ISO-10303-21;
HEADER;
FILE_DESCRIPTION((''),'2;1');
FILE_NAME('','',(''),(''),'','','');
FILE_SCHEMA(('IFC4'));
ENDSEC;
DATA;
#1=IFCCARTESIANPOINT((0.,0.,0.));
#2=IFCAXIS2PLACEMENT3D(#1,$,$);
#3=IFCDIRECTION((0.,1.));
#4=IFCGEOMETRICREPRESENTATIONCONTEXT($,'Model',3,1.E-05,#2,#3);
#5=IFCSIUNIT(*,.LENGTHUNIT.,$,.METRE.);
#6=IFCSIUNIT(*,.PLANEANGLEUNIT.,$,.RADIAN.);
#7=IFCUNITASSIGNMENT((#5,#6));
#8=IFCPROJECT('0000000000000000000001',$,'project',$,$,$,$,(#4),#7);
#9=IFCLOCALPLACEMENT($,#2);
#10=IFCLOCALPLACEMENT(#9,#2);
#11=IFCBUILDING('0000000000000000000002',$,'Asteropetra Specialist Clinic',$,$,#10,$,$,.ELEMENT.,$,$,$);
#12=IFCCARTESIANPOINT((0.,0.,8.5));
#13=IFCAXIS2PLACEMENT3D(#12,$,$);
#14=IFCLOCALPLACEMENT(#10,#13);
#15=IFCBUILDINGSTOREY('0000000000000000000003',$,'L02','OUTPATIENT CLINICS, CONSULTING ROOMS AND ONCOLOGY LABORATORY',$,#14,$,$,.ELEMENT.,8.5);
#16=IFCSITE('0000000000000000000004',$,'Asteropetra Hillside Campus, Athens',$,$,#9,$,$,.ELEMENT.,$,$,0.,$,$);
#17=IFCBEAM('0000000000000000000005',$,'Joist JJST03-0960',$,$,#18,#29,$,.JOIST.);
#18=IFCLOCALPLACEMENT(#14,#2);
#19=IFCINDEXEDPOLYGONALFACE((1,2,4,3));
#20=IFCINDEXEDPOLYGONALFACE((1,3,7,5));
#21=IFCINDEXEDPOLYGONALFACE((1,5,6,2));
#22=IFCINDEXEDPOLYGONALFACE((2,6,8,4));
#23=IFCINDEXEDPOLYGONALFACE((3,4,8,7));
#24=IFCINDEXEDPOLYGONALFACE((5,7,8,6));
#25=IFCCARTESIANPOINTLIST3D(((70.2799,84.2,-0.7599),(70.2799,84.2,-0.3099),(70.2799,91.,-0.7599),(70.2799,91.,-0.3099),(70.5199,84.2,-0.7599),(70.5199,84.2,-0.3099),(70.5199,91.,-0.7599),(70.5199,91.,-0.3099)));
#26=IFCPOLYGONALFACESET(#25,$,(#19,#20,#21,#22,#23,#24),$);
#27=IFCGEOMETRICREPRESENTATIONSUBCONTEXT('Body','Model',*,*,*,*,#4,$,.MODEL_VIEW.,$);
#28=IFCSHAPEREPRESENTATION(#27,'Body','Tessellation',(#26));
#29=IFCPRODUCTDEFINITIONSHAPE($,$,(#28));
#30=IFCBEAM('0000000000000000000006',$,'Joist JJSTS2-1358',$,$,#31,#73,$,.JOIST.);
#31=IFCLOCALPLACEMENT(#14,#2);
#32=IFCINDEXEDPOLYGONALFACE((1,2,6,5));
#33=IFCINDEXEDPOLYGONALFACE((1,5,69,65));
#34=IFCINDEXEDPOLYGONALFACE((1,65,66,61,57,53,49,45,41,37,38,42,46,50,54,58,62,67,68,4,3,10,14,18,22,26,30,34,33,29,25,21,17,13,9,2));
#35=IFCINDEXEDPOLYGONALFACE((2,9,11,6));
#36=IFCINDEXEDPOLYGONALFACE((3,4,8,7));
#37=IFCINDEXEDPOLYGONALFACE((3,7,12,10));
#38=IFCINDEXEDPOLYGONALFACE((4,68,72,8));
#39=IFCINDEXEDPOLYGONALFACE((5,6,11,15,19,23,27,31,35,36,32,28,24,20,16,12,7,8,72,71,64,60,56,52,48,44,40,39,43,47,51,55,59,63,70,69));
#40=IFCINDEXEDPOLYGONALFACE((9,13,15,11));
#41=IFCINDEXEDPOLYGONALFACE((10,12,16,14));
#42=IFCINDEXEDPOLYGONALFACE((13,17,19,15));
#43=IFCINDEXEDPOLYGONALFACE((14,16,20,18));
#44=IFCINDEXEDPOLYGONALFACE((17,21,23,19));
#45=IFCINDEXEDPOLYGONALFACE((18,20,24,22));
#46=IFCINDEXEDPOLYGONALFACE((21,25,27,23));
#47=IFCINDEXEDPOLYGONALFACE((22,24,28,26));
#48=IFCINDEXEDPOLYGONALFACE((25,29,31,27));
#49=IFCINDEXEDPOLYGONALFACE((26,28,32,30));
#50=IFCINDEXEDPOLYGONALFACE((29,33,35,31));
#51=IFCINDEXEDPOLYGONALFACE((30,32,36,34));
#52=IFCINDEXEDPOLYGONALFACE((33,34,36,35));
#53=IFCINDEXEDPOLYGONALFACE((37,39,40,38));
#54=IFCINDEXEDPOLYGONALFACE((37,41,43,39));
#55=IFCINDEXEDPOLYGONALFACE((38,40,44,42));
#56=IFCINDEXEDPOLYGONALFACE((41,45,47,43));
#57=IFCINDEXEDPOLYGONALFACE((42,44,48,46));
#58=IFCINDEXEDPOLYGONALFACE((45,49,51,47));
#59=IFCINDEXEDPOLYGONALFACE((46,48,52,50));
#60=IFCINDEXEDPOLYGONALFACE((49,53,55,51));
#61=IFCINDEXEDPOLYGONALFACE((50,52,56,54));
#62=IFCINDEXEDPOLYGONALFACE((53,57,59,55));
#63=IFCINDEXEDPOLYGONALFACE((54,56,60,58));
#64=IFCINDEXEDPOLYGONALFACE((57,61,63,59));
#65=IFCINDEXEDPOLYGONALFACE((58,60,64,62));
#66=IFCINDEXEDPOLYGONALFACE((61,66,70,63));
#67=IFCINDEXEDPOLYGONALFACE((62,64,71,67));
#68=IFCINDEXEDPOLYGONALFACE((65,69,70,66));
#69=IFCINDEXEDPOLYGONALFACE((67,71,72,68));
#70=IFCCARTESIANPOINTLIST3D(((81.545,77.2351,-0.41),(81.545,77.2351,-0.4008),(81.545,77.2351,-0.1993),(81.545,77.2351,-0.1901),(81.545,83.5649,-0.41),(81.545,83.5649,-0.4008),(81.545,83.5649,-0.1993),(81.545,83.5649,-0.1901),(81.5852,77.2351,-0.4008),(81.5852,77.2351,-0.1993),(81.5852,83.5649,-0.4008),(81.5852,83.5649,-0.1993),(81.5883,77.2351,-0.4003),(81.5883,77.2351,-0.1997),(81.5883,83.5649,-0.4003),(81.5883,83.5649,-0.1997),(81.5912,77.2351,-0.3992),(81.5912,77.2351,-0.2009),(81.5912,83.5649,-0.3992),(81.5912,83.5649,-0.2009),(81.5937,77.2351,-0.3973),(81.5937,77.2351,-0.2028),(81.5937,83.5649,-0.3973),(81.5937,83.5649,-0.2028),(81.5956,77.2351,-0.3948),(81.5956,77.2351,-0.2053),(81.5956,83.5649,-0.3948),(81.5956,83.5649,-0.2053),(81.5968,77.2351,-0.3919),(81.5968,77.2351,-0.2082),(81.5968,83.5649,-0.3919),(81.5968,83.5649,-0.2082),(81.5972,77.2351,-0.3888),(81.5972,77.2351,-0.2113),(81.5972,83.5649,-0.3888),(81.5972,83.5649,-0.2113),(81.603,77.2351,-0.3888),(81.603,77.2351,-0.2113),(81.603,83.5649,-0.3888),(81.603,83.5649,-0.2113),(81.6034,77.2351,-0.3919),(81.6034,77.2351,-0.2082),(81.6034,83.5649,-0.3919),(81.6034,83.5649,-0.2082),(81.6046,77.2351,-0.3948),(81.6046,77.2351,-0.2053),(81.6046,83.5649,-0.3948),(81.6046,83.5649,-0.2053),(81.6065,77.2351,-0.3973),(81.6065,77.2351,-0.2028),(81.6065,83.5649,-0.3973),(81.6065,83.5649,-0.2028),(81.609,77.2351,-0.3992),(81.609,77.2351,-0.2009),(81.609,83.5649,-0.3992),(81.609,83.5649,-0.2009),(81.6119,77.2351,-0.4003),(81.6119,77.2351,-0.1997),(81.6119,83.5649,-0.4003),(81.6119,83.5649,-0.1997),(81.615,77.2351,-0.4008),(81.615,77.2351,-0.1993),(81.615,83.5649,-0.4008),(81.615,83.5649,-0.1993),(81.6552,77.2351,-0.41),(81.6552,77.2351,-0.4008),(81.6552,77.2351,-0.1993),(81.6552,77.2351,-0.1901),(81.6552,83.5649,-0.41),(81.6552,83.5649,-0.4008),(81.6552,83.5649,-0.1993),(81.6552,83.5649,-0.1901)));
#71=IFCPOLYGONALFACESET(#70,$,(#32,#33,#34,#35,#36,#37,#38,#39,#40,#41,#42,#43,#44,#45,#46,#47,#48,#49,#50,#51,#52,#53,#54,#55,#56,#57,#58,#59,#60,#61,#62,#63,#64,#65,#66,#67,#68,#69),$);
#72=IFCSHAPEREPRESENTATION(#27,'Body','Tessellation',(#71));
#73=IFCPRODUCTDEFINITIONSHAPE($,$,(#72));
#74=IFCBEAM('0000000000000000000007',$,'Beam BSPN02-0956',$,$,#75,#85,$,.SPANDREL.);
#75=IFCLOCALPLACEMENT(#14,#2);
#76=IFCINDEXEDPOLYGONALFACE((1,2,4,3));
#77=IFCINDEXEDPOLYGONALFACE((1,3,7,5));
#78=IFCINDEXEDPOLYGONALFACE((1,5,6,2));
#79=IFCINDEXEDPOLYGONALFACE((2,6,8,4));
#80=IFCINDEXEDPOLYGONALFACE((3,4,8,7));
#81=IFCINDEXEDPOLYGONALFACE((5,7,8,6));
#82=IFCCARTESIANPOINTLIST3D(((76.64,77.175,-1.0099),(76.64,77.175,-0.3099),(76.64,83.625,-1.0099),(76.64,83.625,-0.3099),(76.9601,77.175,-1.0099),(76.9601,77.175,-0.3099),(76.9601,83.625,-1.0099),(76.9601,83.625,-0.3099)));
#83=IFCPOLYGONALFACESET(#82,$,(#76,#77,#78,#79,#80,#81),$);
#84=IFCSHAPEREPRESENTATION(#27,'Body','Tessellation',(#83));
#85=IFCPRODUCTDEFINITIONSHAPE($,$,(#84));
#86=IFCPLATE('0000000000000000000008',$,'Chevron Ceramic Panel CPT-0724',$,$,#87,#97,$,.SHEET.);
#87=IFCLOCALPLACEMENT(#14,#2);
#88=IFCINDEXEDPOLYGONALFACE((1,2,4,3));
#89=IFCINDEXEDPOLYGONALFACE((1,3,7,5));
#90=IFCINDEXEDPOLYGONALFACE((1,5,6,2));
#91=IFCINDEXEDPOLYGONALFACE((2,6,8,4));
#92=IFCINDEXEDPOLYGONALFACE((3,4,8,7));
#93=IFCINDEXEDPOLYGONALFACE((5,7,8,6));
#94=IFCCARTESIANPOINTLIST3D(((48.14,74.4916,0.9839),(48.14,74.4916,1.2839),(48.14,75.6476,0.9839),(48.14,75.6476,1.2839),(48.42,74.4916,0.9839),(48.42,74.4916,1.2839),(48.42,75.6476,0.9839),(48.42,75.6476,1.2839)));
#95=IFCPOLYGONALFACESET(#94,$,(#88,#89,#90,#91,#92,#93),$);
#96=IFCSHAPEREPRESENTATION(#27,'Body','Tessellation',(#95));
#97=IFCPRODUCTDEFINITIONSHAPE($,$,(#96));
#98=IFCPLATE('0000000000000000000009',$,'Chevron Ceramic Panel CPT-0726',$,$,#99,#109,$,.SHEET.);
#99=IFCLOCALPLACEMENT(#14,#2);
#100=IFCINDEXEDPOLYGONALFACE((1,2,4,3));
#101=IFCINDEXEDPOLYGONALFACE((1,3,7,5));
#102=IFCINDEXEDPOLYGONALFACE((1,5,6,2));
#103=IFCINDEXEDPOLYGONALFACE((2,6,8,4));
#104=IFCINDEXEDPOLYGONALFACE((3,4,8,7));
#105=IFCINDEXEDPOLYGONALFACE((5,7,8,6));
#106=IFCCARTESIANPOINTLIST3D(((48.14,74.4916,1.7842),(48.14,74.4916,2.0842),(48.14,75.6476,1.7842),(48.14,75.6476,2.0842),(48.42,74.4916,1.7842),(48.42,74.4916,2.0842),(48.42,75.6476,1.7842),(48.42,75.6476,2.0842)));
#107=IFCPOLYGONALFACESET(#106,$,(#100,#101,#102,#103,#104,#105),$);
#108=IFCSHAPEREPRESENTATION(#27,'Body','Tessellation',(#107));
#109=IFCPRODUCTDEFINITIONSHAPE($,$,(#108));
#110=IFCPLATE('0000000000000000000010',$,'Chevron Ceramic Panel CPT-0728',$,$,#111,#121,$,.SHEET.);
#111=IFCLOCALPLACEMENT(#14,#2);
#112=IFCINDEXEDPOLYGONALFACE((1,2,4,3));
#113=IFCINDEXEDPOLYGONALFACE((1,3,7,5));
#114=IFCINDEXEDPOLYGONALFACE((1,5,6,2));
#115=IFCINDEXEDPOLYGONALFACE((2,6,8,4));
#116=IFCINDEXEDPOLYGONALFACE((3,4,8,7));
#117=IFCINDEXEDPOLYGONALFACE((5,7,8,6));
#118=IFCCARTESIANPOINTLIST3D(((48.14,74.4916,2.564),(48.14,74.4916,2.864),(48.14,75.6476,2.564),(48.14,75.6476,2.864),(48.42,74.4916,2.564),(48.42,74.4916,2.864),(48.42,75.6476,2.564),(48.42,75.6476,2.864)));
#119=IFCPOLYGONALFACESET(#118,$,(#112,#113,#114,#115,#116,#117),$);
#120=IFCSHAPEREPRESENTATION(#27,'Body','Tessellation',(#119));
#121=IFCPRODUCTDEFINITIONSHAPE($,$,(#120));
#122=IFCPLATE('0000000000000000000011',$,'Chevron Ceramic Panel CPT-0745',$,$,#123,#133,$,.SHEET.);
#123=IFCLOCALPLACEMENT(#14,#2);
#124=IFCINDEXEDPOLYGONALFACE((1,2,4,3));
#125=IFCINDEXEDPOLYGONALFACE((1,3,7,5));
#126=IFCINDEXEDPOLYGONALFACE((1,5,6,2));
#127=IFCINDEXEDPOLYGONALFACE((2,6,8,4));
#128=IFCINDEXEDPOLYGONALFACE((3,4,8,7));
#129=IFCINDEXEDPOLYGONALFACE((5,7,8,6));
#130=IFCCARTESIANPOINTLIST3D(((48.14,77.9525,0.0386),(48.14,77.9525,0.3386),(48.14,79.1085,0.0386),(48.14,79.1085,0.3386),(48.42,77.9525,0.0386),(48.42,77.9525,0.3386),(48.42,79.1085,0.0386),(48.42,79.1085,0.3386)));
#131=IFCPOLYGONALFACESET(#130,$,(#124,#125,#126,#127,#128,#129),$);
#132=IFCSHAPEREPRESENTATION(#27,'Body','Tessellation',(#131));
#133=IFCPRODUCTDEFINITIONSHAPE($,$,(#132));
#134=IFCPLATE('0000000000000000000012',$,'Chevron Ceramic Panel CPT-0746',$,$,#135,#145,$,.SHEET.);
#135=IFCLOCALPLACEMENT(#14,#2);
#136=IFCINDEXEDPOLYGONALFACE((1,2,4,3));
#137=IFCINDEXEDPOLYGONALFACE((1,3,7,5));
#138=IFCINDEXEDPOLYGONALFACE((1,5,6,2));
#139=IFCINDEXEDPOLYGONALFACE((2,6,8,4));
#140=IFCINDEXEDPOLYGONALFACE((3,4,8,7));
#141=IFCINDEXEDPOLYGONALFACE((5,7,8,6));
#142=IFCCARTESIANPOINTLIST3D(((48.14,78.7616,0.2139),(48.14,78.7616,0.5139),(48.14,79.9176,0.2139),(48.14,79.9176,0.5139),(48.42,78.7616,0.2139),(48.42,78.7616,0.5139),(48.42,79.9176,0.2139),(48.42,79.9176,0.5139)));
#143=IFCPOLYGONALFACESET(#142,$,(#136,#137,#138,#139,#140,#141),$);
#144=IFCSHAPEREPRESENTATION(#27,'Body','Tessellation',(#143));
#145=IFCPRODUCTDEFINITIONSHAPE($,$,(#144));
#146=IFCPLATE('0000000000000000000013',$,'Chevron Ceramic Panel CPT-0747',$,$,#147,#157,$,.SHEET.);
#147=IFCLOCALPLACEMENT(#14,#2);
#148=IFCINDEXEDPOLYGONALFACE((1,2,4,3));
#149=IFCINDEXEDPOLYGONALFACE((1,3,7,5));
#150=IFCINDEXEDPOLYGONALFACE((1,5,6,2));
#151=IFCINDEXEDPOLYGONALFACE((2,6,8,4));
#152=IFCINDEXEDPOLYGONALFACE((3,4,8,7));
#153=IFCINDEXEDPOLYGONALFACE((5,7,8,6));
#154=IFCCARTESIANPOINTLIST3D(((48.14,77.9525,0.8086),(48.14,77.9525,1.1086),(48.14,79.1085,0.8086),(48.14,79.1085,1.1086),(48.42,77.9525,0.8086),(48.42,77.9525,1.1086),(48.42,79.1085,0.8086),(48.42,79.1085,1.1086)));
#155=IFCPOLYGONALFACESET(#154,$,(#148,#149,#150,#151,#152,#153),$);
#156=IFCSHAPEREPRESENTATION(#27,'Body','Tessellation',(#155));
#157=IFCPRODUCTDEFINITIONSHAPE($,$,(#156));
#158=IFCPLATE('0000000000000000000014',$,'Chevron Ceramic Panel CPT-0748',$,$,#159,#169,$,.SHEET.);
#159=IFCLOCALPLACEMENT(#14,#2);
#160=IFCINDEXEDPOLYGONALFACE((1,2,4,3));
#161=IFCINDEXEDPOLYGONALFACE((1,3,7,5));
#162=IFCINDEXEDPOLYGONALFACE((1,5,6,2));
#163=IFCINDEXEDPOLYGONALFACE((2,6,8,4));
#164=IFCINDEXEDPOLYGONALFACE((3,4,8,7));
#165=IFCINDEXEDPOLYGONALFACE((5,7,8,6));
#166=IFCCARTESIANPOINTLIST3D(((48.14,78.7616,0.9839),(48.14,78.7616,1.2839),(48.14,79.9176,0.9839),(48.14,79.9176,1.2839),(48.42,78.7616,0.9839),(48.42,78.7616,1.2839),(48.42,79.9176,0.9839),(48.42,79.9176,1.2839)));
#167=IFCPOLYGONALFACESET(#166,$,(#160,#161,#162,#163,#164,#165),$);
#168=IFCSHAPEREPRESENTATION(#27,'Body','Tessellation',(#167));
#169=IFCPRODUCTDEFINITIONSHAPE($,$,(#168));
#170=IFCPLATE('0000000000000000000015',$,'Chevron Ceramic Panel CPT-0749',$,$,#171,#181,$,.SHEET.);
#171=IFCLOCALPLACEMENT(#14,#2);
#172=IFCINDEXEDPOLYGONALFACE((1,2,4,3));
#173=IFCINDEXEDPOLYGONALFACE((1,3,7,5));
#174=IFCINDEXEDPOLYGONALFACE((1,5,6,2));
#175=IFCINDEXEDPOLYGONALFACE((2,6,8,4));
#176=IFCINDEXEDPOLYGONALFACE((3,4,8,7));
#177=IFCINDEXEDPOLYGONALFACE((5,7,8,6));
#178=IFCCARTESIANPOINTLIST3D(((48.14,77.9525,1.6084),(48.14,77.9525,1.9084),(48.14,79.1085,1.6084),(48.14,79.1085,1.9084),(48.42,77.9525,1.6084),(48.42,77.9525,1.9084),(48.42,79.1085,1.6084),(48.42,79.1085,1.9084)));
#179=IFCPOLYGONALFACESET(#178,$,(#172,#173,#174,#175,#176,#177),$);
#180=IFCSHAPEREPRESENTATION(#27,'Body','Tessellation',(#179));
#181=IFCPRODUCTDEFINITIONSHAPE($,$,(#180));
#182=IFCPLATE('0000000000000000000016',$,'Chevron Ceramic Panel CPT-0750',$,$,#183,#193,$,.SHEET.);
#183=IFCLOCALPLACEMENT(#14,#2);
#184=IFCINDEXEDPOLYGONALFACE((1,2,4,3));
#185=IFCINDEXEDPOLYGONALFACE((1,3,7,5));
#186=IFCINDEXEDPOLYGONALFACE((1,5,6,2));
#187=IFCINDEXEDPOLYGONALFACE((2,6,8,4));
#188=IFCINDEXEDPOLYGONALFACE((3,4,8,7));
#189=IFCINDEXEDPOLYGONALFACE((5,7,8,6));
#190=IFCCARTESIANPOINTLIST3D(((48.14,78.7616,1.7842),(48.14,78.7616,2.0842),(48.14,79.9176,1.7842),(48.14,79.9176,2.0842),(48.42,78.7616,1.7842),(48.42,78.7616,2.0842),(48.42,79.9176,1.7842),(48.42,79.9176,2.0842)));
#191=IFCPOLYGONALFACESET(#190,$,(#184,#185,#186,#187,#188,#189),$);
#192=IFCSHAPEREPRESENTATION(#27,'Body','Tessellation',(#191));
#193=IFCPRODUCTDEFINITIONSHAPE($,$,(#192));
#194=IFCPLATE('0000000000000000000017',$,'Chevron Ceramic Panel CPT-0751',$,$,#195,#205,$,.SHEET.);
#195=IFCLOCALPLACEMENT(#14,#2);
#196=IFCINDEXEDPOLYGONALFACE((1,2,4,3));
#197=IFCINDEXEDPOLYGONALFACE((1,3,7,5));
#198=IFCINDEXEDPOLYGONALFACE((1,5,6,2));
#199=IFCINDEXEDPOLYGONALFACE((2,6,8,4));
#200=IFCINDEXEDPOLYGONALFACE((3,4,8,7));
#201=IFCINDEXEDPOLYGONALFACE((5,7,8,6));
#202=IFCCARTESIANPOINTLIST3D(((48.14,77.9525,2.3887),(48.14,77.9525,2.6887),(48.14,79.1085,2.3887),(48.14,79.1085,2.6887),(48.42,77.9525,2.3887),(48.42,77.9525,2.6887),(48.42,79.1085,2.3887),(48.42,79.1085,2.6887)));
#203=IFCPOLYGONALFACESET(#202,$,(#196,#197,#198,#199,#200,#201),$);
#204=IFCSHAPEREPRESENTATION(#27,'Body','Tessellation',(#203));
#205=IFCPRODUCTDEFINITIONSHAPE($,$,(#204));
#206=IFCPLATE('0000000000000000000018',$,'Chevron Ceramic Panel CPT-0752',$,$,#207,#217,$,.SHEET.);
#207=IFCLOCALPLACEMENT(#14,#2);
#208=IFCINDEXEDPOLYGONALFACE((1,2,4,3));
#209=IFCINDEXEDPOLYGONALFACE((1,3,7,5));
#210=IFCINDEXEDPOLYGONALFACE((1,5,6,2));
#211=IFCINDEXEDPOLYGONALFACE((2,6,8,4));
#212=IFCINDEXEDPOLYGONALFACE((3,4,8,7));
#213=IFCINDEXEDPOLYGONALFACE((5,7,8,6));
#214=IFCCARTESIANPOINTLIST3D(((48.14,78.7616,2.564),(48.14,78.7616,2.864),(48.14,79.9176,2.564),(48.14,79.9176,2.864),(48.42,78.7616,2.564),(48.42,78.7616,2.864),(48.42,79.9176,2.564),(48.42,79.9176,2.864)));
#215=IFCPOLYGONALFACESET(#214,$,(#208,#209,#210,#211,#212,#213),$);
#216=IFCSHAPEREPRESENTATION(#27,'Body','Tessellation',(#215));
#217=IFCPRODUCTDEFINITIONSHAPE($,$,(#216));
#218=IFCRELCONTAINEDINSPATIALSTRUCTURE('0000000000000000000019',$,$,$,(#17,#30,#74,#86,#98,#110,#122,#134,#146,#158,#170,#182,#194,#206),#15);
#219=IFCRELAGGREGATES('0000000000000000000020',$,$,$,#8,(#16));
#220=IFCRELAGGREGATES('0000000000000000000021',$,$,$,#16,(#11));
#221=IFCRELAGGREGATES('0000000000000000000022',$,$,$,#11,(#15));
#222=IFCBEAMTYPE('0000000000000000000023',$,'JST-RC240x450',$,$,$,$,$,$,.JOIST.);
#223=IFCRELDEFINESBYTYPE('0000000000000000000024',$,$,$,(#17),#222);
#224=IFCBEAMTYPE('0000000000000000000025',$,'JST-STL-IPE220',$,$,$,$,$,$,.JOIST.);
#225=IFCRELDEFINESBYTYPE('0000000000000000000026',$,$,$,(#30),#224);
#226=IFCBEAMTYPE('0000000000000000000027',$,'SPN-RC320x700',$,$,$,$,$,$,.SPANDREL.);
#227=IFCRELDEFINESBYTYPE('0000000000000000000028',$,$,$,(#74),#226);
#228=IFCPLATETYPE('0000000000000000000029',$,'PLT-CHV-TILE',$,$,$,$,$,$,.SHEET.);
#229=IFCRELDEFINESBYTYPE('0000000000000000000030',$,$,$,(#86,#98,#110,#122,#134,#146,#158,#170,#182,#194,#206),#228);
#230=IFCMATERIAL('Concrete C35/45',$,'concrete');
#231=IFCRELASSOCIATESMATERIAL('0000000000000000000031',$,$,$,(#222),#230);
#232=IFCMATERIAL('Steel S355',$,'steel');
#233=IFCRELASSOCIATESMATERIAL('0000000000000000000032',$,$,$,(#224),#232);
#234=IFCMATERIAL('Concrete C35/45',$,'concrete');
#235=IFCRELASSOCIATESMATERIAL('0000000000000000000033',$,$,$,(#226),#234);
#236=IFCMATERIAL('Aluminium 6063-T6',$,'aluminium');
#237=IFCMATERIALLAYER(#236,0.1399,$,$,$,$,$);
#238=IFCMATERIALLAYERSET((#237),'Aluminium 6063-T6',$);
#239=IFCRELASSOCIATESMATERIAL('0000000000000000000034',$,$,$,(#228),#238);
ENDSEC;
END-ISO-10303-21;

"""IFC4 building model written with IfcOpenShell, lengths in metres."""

from ifc_helpers import new_model, si_unit, direction, frame, origin, origin_2d, place, context, subcontext, project, spatial, rectangle, i_section, extrude, material, layer, layer_set, material_profile, profile_set, type_object, element, save


model = new_model("IFC4")

# Units and contexts
model_context = context("Model", 3, precision=1e-05, world=origin(), true_north=direction((0.0, 1.0)))
body_context = subcontext(model_context, "Body", "Model", "MODEL_VIEW")
ifc_project = project(units=[si_unit("LENGTHUNIT", "METRE"), si_unit("PLANEANGLEUNIT", "RADIAN")], contexts=[model_context])

# Site, building, storey
site_placement = place(None, origin())
site = spatial("IfcSite", under=ifc_project, at=site_placement, Name="Asteropetra Hillside Campus, Athens", CompositionType="ELEMENT", RefElevation=0.0)
building_placement = place(site_placement, origin())
building = spatial("IfcBuilding", under=site, at=building_placement, Name="Asteropetra Specialist Clinic", CompositionType="ELEMENT")
storey_placement = place(building_placement, frame((0.0, 0.0, 8.5)))
storey = spatial("IfcBuildingStorey", under=building, at=storey_placement, Name="L02", Description="OUTPATIENT CLINICS, CONSULTING ROOMS AND ONCOLOGY LABORATORY", CompositionType="ELEMENT", Elevation=8.5)

# Beams
ifc_material_1 = material(Name="Concrete C35/45", Category="concrete")
ifc_material_profile_1 = material_profile(ifc_material_1, rectangle(XDim=0.24, YDim=0.45, at=origin_2d()), Name="RCJ 240x450")
ifc_profile_set_1 = profile_set([ifc_material_profile_1], Name="Concrete C35/45")
beam_type_1 = type_object("IfcBeamType", Name="JST-RC240x450", PredefinedType="JOIST", material=ifc_profile_set_1)
for number, where, z_axis, x_axis, name in (
    (1, (70.3999, 84.2, -0.5349), (0.0, 1.0, 0.0), (-1.0, 0.0, 0.0), "Joist JJST03-0960"),
):
    element("IfcBeam", number, at=place(storey_placement, frame(where, z_axis=z_axis, x_axis=x_axis)), inside=storey, type_object=beam_type_1, Name=name, PredefinedType="JOIST", context=body_context, shape_type="SweptSolid", body=[
        extrude(rectangle(XDim=0.24, YDim=0.45, at=origin_2d()), origin(), (0.0, 0.0, 1.0), 6.8),
    ])
ifc_material_2 = material(Name="Steel S355", Category="steel")
ifc_material_profile_2 = material_profile(ifc_material_2, i_section(OverallWidth=0.1101, OverallDepth=0.22, WebThickness=0.0059, FlangeThickness=0.0093, FilletRadius=0.012, at=origin_2d()), Name="IPE 220")
ifc_profile_set_2 = profile_set([ifc_material_profile_2], Name="Steel S355")
beam_type_2 = type_object("IfcBeamType", Name="JST-STL-IPE220", PredefinedType="JOIST", material=ifc_profile_set_2)
beam_1_placement = place(storey_placement, frame((81.6001, 77.2351, -0.3), z_axis=(0.0, 1.0, 0.0), x_axis=(-1.0, 0.0, 0.0)))
element("IfcBeam", 2, at=beam_1_placement, inside=storey, type_object=beam_type_2, Name="Joist JJSTS2-1358", PredefinedType="JOIST", context=body_context, shape_type="SweptSolid", body=[
    extrude(i_section(OverallWidth=0.1101, OverallDepth=0.22, WebThickness=0.0059, FlangeThickness=0.0093, FilletRadius=0.012, at=origin_2d()), origin(), (0.0, 0.0, 1.0), 6.3298),
])
ifc_material_3 = material(Name="Concrete C35/45", Category="concrete")
ifc_material_profile_3 = material_profile(ifc_material_3, rectangle(XDim=0.3201, YDim=0.7, at=origin_2d()), Name="RCS 320x700")
ifc_profile_set_3 = profile_set([ifc_material_profile_3], Name="Concrete C35/45")
beam_type_3 = type_object("IfcBeamType", Name="SPN-RC320x700", PredefinedType="SPANDREL", material=ifc_profile_set_3)
beam_2_placement = place(storey_placement, frame((76.8, 77.175, -0.6599), z_axis=(0.0, 1.0, 0.0), x_axis=(-1.0, 0.0, 0.0)))
element("IfcBeam", 3, at=beam_2_placement, inside=storey, type_object=beam_type_3, Name="Beam BSPN02-0956", PredefinedType="SPANDREL", context=body_context, shape_type="SweptSolid", body=[
    extrude(rectangle(XDim=0.3201, YDim=0.7, at=origin_2d()), origin(), (0.0, 0.0, 1.0), 6.45),
])

# Plates
ifc_material_4 = material(Name="Aluminium 6063-T6", Category="aluminium")
ifc_layer_1 = layer(ifc_material_4, 0.1399)
ifc_layer_set_1 = layer_set([ifc_layer_1], Name="Aluminium 6063-T6")
plate_type = type_object("IfcPlateType", Name="PLT-CHV-TILE", PredefinedType="SHEET", material=ifc_layer_set_1)
for number, where, z_axis, x_axis, name in (
    (4, (48.28, 75.0696, 0.9839), (0.0, 0.0, 1.0), (1.0, 0.0, 0.0), "Chevron Ceramic Panel CPT-0724"),
    (5, (48.28, 75.0696, 1.7842), (0.0, 0.0, 1.0), (1.0, 0.0, 0.0), "Chevron Ceramic Panel CPT-0726"),
    (6, (48.28, 75.0696, 2.564), (0.0, 0.0, 1.0), (1.0, 0.0, 0.0), "Chevron Ceramic Panel CPT-0728"),
    (7, (48.28, 78.5305, 0.0386), (0.0, 0.0, 1.0), (1.0, 0.0, 0.0), "Chevron Ceramic Panel CPT-0745"),
    (8, (48.28, 79.3396, 0.2139), (0.0, 0.0, 1.0), (1.0, 0.0, 0.0), "Chevron Ceramic Panel CPT-0746"),
    (9, (48.28, 78.5305, 0.8086), (0.0, 0.0, 1.0), (1.0, 0.0, 0.0), "Chevron Ceramic Panel CPT-0747"),
    (10, (48.28, 79.3396, 0.9839), (0.0, 0.0, 1.0), (1.0, 0.0, 0.0), "Chevron Ceramic Panel CPT-0748"),
    (11, (48.28, 78.5305, 1.6084), (0.0, 0.0, 1.0), (1.0, 0.0, 0.0), "Chevron Ceramic Panel CPT-0749"),
    (12, (48.28, 79.3396, 1.7842), (0.0, 0.0, 1.0), (1.0, 0.0, 0.0), "Chevron Ceramic Panel CPT-0750"),
    (13, (48.28, 78.5305, 2.3887), (0.0, 0.0, 1.0), (1.0, 0.0, 0.0), "Chevron Ceramic Panel CPT-0751"),
    (14, (48.28, 79.3396, 2.564), (0.0, 0.0, 1.0), (1.0, 0.0, 0.0), "Chevron Ceramic Panel CPT-0752"),
):
    element("IfcPlate", number, at=place(storey_placement, frame(where, z_axis=z_axis, x_axis=x_axis)), inside=storey, type_object=plate_type, Name=name, PredefinedType="SHEET", context=body_context, shape_type="SweptSolid", body=[
        extrude(rectangle(XDim=0.28, YDim=1.156, at=origin_2d()), origin(), (0.0, 0.0, 1.0), 0.3),
    ])

save(model, "model.ifc")
